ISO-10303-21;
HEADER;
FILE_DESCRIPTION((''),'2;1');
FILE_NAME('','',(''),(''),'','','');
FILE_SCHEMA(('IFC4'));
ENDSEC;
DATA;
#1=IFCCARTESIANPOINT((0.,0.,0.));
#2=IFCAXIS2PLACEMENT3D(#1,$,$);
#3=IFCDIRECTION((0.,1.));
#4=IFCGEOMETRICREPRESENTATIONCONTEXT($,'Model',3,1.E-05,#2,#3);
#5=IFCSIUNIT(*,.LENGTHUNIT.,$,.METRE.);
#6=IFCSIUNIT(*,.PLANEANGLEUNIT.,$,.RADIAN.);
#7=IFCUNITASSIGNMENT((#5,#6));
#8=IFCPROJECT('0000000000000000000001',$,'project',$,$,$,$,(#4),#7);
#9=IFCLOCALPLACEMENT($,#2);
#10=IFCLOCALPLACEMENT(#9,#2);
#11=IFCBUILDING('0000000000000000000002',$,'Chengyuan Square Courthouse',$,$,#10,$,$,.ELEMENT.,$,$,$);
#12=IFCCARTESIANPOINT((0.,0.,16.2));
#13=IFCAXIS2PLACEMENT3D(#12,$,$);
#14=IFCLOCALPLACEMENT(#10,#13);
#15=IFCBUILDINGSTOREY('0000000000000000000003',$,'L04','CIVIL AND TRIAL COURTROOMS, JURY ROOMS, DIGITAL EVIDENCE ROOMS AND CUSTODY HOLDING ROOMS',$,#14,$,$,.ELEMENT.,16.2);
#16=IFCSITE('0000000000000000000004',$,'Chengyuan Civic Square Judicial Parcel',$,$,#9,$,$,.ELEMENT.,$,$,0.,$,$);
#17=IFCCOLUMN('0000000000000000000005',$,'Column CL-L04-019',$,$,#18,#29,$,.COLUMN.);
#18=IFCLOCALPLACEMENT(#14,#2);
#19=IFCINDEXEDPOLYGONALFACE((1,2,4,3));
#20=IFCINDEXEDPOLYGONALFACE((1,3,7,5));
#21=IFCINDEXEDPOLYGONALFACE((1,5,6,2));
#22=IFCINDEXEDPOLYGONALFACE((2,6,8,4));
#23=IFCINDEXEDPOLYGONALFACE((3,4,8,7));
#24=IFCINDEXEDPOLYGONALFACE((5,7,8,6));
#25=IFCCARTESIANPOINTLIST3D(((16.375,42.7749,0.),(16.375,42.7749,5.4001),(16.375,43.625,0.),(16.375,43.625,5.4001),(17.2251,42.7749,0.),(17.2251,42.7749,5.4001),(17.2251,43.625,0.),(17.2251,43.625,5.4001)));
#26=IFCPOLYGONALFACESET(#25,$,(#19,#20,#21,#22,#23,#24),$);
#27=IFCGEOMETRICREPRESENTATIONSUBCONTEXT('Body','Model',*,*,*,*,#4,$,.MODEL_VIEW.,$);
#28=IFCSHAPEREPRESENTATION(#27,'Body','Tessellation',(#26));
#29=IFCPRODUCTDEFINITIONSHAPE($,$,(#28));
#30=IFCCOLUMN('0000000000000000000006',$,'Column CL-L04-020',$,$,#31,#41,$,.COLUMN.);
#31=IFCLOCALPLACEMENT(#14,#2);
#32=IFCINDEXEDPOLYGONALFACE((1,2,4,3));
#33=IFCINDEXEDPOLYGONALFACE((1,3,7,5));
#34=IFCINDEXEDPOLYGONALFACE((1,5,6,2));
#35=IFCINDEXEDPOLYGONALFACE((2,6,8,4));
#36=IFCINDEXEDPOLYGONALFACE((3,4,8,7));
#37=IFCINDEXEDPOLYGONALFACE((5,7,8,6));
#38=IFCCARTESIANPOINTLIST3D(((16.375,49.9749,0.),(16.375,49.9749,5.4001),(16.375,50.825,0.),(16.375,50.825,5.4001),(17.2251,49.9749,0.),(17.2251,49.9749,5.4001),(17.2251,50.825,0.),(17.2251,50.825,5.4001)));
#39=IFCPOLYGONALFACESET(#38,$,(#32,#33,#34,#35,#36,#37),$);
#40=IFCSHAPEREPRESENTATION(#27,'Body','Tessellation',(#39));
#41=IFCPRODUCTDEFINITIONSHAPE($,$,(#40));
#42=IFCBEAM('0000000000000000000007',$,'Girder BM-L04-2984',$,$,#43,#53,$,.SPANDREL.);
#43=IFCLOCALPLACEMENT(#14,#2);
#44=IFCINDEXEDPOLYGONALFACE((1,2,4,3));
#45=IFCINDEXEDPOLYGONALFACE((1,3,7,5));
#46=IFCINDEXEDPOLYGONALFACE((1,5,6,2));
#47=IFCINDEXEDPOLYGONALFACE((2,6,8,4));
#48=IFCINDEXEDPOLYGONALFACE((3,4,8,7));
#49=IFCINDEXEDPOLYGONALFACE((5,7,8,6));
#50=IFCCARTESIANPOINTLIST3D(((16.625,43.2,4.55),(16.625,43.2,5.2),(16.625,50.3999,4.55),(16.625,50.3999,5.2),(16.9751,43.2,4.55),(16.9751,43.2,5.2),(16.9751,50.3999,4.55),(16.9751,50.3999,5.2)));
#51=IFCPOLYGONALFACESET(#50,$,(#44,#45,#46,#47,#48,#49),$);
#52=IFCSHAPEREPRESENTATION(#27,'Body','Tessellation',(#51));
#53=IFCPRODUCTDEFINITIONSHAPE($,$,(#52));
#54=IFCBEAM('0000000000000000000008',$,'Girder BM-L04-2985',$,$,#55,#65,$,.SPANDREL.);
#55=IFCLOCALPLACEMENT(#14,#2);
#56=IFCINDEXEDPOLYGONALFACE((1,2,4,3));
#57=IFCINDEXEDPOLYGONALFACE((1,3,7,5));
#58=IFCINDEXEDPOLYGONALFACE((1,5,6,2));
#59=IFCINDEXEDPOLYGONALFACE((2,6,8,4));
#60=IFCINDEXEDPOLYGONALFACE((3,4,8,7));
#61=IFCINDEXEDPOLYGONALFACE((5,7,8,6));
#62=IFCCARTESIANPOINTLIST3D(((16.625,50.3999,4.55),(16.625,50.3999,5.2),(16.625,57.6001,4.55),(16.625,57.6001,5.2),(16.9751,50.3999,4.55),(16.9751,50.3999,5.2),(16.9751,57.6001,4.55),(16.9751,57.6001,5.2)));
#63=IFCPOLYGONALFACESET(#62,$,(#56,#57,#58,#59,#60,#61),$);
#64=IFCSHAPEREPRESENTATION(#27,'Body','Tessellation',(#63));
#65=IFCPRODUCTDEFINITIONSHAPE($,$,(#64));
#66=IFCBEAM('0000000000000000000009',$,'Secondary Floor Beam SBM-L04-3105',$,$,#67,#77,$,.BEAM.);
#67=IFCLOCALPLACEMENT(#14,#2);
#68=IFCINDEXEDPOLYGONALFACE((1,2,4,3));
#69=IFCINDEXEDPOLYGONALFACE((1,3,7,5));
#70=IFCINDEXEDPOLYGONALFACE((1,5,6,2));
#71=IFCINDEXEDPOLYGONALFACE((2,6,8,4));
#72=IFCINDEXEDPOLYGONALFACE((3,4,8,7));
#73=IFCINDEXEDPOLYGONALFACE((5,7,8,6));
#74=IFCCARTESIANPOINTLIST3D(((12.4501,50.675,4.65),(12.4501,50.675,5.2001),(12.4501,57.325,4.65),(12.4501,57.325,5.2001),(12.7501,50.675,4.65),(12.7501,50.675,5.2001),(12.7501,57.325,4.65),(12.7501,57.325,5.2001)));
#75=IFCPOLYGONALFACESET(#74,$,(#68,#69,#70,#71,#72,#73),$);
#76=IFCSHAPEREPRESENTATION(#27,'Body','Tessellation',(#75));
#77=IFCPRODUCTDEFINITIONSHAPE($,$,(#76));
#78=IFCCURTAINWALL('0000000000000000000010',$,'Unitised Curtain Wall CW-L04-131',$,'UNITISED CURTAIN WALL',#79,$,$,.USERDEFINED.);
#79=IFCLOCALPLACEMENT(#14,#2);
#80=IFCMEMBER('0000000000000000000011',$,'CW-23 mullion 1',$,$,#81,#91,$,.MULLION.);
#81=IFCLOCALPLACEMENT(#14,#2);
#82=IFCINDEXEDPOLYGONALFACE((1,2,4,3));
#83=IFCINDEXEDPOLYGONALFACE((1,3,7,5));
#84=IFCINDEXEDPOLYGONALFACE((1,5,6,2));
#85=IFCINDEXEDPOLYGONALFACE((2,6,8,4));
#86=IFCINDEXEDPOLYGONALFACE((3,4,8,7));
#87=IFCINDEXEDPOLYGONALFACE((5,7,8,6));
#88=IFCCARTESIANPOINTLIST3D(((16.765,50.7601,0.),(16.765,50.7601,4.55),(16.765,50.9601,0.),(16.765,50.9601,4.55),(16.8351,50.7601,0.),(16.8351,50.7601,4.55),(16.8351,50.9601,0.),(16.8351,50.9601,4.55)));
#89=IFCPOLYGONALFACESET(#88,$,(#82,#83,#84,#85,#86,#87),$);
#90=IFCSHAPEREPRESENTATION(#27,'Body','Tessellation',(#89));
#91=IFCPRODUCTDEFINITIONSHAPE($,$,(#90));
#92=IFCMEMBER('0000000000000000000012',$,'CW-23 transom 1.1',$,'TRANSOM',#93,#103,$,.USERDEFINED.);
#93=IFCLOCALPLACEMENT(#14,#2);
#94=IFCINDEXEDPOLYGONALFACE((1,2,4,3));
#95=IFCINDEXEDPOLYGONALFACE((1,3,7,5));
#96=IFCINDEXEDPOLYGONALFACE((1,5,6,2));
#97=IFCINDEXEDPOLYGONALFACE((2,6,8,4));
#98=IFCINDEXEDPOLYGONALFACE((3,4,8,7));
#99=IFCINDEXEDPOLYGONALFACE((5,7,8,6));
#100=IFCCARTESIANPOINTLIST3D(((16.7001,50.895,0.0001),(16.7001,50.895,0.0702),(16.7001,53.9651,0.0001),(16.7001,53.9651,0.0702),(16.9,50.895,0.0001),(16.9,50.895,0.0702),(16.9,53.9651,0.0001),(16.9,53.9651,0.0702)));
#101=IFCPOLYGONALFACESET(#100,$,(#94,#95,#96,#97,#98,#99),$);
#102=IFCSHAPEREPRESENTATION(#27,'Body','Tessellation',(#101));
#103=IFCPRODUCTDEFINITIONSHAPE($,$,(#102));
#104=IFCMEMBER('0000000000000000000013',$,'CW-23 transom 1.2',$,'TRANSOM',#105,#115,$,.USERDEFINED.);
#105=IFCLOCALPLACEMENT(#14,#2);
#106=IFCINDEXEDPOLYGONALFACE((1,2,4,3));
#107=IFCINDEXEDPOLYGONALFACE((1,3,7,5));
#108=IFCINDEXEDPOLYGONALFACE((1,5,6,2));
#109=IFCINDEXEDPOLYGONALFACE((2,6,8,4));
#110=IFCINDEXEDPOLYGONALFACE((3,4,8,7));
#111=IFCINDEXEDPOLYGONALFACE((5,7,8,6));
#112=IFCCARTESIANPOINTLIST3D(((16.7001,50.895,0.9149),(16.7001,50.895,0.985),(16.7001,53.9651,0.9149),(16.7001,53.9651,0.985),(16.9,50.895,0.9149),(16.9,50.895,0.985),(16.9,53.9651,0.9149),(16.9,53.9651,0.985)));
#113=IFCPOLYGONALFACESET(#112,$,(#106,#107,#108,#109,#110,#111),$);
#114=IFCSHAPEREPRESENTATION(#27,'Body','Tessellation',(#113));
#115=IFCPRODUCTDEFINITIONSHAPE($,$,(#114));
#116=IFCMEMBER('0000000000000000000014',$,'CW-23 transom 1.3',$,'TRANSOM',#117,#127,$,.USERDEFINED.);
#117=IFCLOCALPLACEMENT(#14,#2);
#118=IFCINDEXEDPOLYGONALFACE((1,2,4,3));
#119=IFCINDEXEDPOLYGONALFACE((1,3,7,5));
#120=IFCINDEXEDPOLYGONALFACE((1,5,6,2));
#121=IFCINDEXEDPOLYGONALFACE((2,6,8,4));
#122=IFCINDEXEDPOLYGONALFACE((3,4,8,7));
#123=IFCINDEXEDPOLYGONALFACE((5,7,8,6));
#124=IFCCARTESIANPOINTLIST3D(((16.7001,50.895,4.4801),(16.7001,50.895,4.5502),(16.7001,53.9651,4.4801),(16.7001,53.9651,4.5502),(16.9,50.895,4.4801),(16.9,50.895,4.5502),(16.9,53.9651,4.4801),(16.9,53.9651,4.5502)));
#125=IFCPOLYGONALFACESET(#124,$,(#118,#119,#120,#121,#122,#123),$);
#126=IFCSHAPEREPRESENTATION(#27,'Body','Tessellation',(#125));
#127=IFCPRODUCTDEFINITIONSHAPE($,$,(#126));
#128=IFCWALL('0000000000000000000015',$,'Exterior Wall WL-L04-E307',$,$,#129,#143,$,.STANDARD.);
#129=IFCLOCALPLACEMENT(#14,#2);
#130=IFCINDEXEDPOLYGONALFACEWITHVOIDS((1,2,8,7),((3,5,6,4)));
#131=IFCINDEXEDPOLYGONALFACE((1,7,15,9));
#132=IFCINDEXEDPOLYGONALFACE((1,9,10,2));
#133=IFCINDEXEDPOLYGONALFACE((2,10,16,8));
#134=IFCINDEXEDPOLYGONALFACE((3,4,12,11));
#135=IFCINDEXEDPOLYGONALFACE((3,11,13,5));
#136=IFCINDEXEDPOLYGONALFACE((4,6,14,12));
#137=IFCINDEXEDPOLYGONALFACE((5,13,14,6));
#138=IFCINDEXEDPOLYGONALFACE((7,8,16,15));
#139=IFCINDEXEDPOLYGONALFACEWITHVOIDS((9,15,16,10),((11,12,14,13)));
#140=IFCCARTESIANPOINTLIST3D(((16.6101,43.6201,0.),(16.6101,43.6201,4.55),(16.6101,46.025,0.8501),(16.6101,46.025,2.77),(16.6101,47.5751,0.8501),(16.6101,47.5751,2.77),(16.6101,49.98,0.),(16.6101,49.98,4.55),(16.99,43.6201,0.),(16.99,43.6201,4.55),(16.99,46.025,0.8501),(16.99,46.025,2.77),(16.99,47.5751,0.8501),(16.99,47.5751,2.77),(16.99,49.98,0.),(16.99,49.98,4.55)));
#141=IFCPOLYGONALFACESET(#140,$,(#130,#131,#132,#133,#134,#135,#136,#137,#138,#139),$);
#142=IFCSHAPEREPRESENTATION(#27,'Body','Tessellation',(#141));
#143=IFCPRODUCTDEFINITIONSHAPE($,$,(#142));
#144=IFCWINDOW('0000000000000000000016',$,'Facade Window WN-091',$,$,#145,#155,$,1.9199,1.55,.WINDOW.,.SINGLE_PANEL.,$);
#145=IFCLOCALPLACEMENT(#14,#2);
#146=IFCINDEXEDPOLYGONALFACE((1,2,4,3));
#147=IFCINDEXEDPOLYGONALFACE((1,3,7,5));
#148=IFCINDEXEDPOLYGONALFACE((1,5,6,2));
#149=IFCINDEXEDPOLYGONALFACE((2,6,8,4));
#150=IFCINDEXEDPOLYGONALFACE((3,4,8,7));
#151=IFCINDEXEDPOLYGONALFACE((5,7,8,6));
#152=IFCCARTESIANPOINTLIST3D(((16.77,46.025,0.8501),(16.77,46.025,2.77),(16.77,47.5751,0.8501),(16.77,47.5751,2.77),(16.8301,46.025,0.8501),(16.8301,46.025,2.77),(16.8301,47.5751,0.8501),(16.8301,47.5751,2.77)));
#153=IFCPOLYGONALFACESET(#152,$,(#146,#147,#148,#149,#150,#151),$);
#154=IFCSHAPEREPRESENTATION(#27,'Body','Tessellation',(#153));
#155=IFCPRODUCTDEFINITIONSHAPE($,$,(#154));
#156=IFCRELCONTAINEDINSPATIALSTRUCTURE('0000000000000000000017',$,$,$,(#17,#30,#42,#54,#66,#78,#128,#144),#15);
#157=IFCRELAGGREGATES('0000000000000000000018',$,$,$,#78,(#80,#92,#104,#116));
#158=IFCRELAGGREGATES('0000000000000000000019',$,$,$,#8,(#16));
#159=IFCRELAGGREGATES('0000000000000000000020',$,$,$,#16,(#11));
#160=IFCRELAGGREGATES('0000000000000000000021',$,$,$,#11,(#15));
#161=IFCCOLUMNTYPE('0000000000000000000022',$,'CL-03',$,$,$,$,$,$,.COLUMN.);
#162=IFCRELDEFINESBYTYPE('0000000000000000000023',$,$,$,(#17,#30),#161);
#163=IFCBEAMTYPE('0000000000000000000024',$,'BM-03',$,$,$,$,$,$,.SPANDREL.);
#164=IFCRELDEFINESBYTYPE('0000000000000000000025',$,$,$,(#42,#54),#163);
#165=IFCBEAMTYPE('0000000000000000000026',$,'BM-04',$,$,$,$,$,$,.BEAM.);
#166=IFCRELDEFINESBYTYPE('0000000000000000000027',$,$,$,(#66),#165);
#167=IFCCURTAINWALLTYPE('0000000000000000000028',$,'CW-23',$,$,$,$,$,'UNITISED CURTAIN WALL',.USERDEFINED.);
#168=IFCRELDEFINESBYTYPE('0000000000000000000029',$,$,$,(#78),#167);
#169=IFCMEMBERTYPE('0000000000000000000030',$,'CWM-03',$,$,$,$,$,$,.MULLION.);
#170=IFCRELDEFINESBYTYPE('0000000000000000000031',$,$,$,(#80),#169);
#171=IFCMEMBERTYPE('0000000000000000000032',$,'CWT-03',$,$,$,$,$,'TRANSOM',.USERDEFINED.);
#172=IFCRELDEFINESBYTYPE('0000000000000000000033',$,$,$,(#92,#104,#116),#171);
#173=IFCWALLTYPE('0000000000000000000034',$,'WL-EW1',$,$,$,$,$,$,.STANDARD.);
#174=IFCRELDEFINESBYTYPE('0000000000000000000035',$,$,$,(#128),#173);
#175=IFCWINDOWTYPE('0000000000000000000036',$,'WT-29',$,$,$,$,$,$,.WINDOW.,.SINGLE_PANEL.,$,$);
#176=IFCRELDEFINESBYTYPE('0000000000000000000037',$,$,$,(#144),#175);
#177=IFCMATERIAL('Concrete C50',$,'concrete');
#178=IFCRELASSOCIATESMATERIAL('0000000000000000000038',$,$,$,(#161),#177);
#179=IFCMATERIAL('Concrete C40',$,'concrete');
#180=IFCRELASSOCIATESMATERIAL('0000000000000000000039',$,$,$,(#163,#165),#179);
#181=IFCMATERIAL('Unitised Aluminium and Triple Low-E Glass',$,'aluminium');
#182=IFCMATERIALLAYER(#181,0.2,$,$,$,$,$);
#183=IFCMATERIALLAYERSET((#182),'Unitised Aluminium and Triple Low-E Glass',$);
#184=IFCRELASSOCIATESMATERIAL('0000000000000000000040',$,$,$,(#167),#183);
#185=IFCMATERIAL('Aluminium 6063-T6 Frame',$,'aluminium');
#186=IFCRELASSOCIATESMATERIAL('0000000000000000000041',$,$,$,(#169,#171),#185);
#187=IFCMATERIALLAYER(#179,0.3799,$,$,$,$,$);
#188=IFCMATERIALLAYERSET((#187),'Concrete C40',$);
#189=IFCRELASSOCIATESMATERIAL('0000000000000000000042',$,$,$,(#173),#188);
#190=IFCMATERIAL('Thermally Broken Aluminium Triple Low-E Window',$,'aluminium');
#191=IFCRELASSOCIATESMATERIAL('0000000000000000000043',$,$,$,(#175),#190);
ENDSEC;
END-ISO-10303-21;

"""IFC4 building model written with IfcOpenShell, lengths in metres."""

from ifc_helpers import new_model, si_unit, direction, frame, frame_2d, origin, origin_2d, place, context, subcontext, project, spatial, rectangle, extrude, material, layer, layer_set, material_profile, profile_set, type_object, element, fill, aggregate, save


model = new_model("IFC4")

# Units and contexts
model_context = context("Model", 3, precision=1e-05, world=origin(), true_north=direction((0.0, 1.0)))
body_context = subcontext(model_context, "Body", "Model", "MODEL_VIEW")
ifc_project = project(units=[si_unit("LENGTHUNIT", "METRE"), si_unit("PLANEANGLEUNIT", "RADIAN")], contexts=[model_context])

# Site, building, storey
site_placement = place(None, origin())
site = spatial("IfcSite", under=ifc_project, at=site_placement, Name="Chengyuan Civic Square Judicial Parcel", CompositionType="ELEMENT", RefElevation=0.0)
building_placement = place(site_placement, origin())
building = spatial("IfcBuilding", under=site, at=building_placement, Name="Chengyuan Square Courthouse", CompositionType="ELEMENT")
storey_placement = place(building_placement, frame((0.0, 0.0, 16.2)))
storey = spatial("IfcBuildingStorey", under=building, at=storey_placement, Name="L04", Description="CIVIL AND TRIAL COURTROOMS, JURY ROOMS, DIGITAL EVIDENCE ROOMS AND CUSTODY HOLDING ROOMS", CompositionType="ELEMENT", Elevation=16.2)

# Columns
ifc_material_1 = material(Name="Concrete C50", Category="concrete")
ifc_material_profile_1 = material_profile(ifc_material_1, rectangle(XDim=0.8501, YDim=0.8501, at=origin_2d()), Name="RC-COL-850x850")
ifc_profile_set_1 = profile_set([ifc_material_profile_1], Name="Concrete C50")
column_type = type_object("IfcColumnType", Name="CL-03", PredefinedType="COLUMN", material=ifc_profile_set_1)
for number, where, z_axis, x_axis, name in (
    (1, (16.8, 43.2, 0.0), (0.0, 0.0, 1.0), (1.0, 0.0, 0.0), "Column CL-L04-019"),
    (2, (16.8, 50.3999, 0.0), (0.0, 0.0, 1.0), (1.0, 0.0, 0.0), "Column CL-L04-020"),
):
    element("IfcColumn", number, at=place(storey_placement, frame(where, z_axis=z_axis, x_axis=x_axis)), inside=storey, type_object=column_type, Name=name, PredefinedType="COLUMN", context=body_context, shape_type="SweptSolid", body=[
        extrude(rectangle(XDim=0.8501, YDim=0.8501, at=origin_2d()), origin(), (0.0, 0.0, 1.0), 5.4001),
    ])

# Beams
ifc_material_2 = material(Name="Concrete C40", Category="concrete")
ifc_material_profile_2 = material_profile(ifc_material_2, rectangle(XDim=0.3501, YDim=0.6499, at=origin_2d()), Name="RC-BM-350x650")
ifc_profile_set_2 = profile_set([ifc_material_profile_2], Name="Concrete C40")
beam_type_1 = type_object("IfcBeamType", Name="BM-03", PredefinedType="SPANDREL", material=ifc_profile_set_2)
beam_1_placement = place(storey_placement, frame((16.8, 43.2, 4.875), z_axis=(0.0, 1.0, 0.0), x_axis=(-1.0, 0.0, 0.0)))
element("IfcBeam", 3, at=beam_1_placement, inside=storey, type_object=beam_type_1, Name="Girder BM-L04-2984", PredefinedType="SPANDREL", context=body_context, shape_type="SweptSolid", body=[
    extrude(rectangle(XDim=0.3501, YDim=0.6499, at=origin_2d()), origin(), (0.0, 0.0, 1.0), 7.2),
])
beam_2_placement = place(storey_placement, frame((16.8, 50.3999, 4.875), z_axis=(0.0, 1.0, 0.0), x_axis=(-1.0, 0.0, 0.0)))
element("IfcBeam", 4, at=beam_2_placement, inside=storey, type_object=beam_type_1, Name="Girder BM-L04-2985", PredefinedType="SPANDREL", context=body_context, shape_type="SweptSolid", body=[
    extrude(rectangle(XDim=0.3501, YDim=0.6499, at=origin_2d()), origin(), (0.0, 0.0, 1.0), 7.2002),
])
ifc_material_profile_3 = material_profile(ifc_material_2, rectangle(XDim=0.3, YDim=0.55, at=origin_2d()), Name="RC-BM-300x550")
ifc_profile_set_3 = profile_set([ifc_material_profile_3], Name="Concrete C40")
beam_type_2 = type_object("IfcBeamType", Name="BM-04", PredefinedType="BEAM", material=ifc_profile_set_3)
beam_3_placement = place(storey_placement, frame((12.6001, 50.675, 4.925), z_axis=(0.0, 1.0, 0.0), x_axis=(-1.0, 0.0, 0.0)))
element("IfcBeam", 5, at=beam_3_placement, inside=storey, type_object=beam_type_2, Name="Secondary Floor Beam SBM-L04-3105", PredefinedType="BEAM", context=body_context, shape_type="SweptSolid", body=[
    extrude(rectangle(XDim=0.3, YDim=0.55, at=origin_2d()), origin(), (0.0, 0.0, 1.0), 6.6499),
])

# Curtain wall, members
ifc_material_3 = material(Name="Unitised Aluminium and Triple Low-E Glass", Category="aluminium")
ifc_layer_1 = layer(ifc_material_3, 0.2)
ifc_layer_set_1 = layer_set([ifc_layer_1], Name="Unitised Aluminium and Triple Low-E Glass")
curtain_wall_type = type_object("IfcCurtainWallType", Name="CW-23", ElementType="UNITISED CURTAIN WALL", PredefinedType="USERDEFINED", material=ifc_layer_set_1)
curtain_wall_placement = place(storey_placement, origin())
curtain_wall = element("IfcCurtainWall", 6, at=curtain_wall_placement, inside=storey, type_object=curtain_wall_type, Name="Unitised Curtain Wall CW-L04-131", ObjectType="UNITISED CURTAIN WALL", PredefinedType="USERDEFINED")
ifc_material_4 = material(Name="Aluminium 6063-T6 Frame", Category="aluminium")
ifc_material_profile_4 = material_profile(ifc_material_4, rectangle(XDim=0.0701, YDim=0.2, at=origin_2d()), Name="CW-MUL-70x200")
ifc_profile_set_4 = profile_set([ifc_material_profile_4], Name="Aluminium 6063-T6 Frame")
member_type_1 = type_object("IfcMemberType", Name="CWM-03", PredefinedType="MULLION", material=ifc_profile_set_4)
member_1_placement = place(storey_placement, frame((16.8, 50.8601, 0.0), z_axis=(0.0, 0.0, 1.0), x_axis=(-1.0, 0.0, 0.0)))
member_1 = element("IfcMember", 7, at=member_1_placement, type_object=member_type_1, Name="CW-23 mullion 1", PredefinedType="MULLION", context=body_context, shape_type="SweptSolid", body=[
    extrude(rectangle(XDim=0.0701, YDim=0.2, at=origin_2d()), origin(), (0.0, 0.0, 1.0), 4.55),
])
ifc_material_profile_5 = material_profile(ifc_material_4, rectangle(XDim=0.2, YDim=0.0701, at=origin_2d()), Name="CW-TRN-70x160")
ifc_profile_set_5 = profile_set([ifc_material_profile_5], Name="Aluminium 6063-T6 Frame")
member_type_2 = type_object("IfcMemberType", Name="CWT-03", ElementType="TRANSOM", PredefinedType="USERDEFINED", material=ifc_profile_set_5)
member_2_placement = place(storey_placement, frame((16.8, 50.895, 0.0352), z_axis=(0.0, 1.0, 0.0), x_axis=(-1.0, 0.0, 0.0)))
member_2 = element("IfcMember", 8, at=member_2_placement, type_object=member_type_2, Name="CW-23 transom 1.1", ObjectType="TRANSOM", PredefinedType="USERDEFINED", context=body_context, shape_type="SweptSolid", body=[
    extrude(rectangle(XDim=0.2, YDim=0.0701, at=origin_2d()), origin(), (0.0, 0.0, 1.0), 3.0701),
])
member_3_placement = place(storey_placement, frame((16.8, 50.895, 0.95), z_axis=(0.0, 1.0, 0.0), x_axis=(-1.0, 0.0, 0.0)))
member_3 = element("IfcMember", 9, at=member_3_placement, type_object=member_type_2, Name="CW-23 transom 1.2", ObjectType="TRANSOM", PredefinedType="USERDEFINED", context=body_context, shape_type="SweptSolid", body=[
    extrude(rectangle(XDim=0.2, YDim=0.0701, at=origin_2d()), origin(), (0.0, 0.0, 1.0), 3.0701),
])
member_4_placement = place(storey_placement, frame((16.8, 50.895, 4.5151), z_axis=(0.0, 1.0, 0.0), x_axis=(-1.0, 0.0, 0.0)))
member_4 = element("IfcMember", 10, at=member_4_placement, type_object=member_type_2, Name="CW-23 transom 1.3", ObjectType="TRANSOM", PredefinedType="USERDEFINED", context=body_context, shape_type="SweptSolid", body=[
    extrude(rectangle(XDim=0.2, YDim=0.0701, at=origin_2d()), origin(), (0.0, 0.0, 1.0), 3.0701),
])
aggregate(curtain_wall, [member_1, member_2, member_3, member_4])

# Wall, opening, window
ifc_layer_2 = layer(ifc_material_2, 0.3799)
ifc_layer_set_2 = layer_set([ifc_layer_2], Name="Concrete C40")
wall_type_1 = type_object("IfcWallType", Name="WL-EW1", PredefinedType="STANDARD", material=ifc_layer_set_2)
wall_1_placement = place(storey_placement, frame((16.8, 43.6201, 0.0), z_axis=(0.0, 0.0, 1.0), x_axis=(0.0, 1.0, 0.0)))
wall_1 = element("IfcWall", 11, at=wall_1_placement, inside=storey, type_object=wall_type_1, Name="Exterior Wall WL-L04-E307", PredefinedType="STANDARD", context=body_context, shape_type="SweptSolid", body=[
    extrude(rectangle(XDim=6.3599, YDim=0.3799, at=frame_2d((3.1799, 0.0))), origin(), (0.0, 0.0, 1.0), 4.55),
])
opening_1_placement = place(wall_1_placement, frame((2.405, 0.0, 0.8501)))
opening_1 = element("IfcOpeningElement", 12, at=opening_1_placement, cuts=wall_1, PredefinedType="OPENING", context=body_context, shape_type="SweptSolid", body=[
    extrude(rectangle(XDim=1.55, YDim=1.9199, at=frame_2d((0.7749, 0.96))), frame((0.0, 0.2019, 0.0), z_axis=(0.0, -1.0, 0.0), x_axis=(1.0, 0.0, 0.0)), (0.0, 0.0, 1.0), 0.4038),
])
ifc_material_5 = material(Name="Thermally Broken Aluminium Triple Low-E Window", Category="aluminium")
window_type = type_object("IfcWindowType", Name="WT-29", PartitioningType="SINGLE_PANEL", PredefinedType="WINDOW", material=ifc_material_5)
window_placement = place(opening_1_placement, origin())
window = element("IfcWindow", 13, at=window_placement, inside=storey, type_object=window_type, Name="Facade Window WN-091", OverallHeight=1.9199, OverallWidth=1.55, PartitioningType="SINGLE_PANEL", PredefinedType="WINDOW", context=body_context, shape_type="SweptSolid", body=[
    extrude(rectangle(XDim=1.55, YDim=1.9199, at=frame_2d((0.7749, 0.96))), frame((0.0, 0.03, 0.0), z_axis=(0.0, -1.0, 0.0), x_axis=(1.0, 0.0, 0.0)), (0.0, 0.0, 1.0), 0.0601),
])
fill(opening_1, window)

save(model, "model.ifc")
